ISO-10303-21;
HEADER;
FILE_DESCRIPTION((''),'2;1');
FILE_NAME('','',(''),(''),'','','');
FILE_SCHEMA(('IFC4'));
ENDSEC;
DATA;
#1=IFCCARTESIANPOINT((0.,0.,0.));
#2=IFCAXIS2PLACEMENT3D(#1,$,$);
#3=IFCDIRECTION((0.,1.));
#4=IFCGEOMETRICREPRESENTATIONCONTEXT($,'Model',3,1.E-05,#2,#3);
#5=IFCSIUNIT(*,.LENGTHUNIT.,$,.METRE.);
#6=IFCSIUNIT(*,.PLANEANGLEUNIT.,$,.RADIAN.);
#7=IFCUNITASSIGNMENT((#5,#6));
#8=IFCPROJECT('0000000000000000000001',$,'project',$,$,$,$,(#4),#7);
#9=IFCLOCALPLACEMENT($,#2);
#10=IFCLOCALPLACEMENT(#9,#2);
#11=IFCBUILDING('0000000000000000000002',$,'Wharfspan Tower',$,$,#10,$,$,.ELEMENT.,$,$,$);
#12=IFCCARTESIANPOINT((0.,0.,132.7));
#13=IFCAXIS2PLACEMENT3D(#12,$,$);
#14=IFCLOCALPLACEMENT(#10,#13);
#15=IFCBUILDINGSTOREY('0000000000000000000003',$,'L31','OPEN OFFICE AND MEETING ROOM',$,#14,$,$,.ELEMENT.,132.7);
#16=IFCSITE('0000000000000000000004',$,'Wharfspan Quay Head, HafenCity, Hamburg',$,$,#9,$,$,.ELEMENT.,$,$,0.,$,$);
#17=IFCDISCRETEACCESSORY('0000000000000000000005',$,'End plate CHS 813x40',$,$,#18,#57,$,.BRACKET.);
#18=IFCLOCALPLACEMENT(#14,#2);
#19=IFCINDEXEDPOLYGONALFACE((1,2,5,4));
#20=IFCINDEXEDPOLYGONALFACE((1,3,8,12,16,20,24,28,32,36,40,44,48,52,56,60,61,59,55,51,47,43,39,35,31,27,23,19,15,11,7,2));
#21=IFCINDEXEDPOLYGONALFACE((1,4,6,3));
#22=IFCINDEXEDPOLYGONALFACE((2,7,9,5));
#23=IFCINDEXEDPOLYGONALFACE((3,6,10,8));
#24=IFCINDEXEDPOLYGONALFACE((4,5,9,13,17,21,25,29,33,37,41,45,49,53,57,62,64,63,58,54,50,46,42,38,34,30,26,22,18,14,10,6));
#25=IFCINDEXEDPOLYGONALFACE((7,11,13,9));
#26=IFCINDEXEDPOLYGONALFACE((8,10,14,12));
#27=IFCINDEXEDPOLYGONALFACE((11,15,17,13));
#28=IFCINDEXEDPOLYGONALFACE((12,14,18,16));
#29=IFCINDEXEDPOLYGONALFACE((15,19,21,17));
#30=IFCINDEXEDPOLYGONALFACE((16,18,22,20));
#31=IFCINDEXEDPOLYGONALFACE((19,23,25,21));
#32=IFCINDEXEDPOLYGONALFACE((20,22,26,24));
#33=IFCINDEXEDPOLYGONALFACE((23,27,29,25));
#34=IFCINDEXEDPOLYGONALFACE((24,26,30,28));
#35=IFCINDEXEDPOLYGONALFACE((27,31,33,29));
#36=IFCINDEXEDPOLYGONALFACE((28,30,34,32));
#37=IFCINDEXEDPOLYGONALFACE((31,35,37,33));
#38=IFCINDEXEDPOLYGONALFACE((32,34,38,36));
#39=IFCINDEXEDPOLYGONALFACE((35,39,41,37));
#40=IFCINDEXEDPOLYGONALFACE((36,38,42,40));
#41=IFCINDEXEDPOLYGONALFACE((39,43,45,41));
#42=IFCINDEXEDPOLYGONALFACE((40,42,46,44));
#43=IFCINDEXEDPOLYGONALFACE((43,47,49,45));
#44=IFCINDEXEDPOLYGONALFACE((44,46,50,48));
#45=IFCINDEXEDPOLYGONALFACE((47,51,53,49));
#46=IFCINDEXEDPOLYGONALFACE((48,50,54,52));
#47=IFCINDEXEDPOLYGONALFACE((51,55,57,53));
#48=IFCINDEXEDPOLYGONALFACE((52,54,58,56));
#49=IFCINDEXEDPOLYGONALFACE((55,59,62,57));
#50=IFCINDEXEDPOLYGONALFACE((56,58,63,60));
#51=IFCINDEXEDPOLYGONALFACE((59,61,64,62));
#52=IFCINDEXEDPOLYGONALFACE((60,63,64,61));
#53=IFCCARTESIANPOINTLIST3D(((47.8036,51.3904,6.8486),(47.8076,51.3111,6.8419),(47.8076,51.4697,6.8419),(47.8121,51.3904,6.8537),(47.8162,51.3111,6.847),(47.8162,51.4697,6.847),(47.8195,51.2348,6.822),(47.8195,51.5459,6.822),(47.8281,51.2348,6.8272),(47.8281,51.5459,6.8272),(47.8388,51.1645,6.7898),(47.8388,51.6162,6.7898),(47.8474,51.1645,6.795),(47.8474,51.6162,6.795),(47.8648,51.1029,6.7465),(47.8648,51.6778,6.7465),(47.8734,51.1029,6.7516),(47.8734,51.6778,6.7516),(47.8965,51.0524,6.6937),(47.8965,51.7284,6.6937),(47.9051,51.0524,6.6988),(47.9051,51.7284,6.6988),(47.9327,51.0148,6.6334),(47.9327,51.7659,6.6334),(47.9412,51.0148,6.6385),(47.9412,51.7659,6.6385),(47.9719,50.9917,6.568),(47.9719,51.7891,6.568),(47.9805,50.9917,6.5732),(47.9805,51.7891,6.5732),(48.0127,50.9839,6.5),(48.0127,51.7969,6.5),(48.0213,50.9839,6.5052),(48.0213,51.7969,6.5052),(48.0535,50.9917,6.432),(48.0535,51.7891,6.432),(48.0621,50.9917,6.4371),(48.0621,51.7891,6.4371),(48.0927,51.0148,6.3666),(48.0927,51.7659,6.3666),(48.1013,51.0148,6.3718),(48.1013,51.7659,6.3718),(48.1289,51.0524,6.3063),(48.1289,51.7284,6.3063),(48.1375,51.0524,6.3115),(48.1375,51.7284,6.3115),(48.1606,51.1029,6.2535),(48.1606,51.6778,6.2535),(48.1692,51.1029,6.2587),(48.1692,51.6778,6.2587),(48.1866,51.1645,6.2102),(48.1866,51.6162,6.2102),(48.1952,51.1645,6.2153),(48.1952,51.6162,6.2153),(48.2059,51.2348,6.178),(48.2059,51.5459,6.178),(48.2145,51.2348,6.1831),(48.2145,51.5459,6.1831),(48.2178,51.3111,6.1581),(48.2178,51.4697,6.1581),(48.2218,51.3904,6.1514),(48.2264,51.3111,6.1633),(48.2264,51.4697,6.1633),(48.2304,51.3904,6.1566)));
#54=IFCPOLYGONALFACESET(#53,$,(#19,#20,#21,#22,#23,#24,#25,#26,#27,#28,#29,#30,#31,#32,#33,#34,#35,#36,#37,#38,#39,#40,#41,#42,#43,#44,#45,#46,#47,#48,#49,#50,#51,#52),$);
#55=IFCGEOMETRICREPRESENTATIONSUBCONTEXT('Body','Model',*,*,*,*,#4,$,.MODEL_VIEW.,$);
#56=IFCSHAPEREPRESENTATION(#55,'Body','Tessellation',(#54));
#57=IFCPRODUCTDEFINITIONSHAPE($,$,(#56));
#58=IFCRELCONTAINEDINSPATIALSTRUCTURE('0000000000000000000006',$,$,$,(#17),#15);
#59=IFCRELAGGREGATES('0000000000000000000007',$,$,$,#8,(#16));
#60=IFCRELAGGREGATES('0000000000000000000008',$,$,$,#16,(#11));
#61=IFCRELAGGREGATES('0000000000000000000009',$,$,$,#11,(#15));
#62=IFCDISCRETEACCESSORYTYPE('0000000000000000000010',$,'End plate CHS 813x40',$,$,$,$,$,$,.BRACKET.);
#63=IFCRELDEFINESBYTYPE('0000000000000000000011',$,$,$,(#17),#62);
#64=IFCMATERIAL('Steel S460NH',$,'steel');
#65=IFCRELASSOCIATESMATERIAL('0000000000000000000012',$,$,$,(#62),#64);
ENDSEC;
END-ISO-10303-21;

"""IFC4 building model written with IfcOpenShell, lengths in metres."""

from ifc_helpers import new_model, si_unit, direction, frame, origin, origin_2d, place, context, subcontext, project, spatial, circle, extrude, material, material_profile, profile_set, type_object, element, save


model = new_model("IFC4")

# Units and contexts
model_context = context("Model", 3, precision=1e-05, world=origin(), true_north=direction((0.0, 1.0)))
body_context = subcontext(model_context, "Body", "Model", "MODEL_VIEW")
ifc_project = project(units=[si_unit("LENGTHUNIT", "METRE"), si_unit("PLANEANGLEUNIT", "RADIAN")], contexts=[model_context])

# Site, building, storey
site_placement = place(None, origin())
site = spatial("IfcSite", under=ifc_project, at=site_placement, Name="Wharfspan Quay Head, HafenCity, Hamburg", CompositionType="ELEMENT", RefElevation=0.0)
building_placement = place(site_placement, origin())
building = spatial("IfcBuilding", under=site, at=building_placement, Name="Wharfspan Tower", CompositionType="ELEMENT")
storey_placement = place(building_placement, frame((0.0, 0.0, 132.7)))
storey = spatial("IfcBuildingStorey", under=building, at=storey_placement, Name="L31", Description="OPEN OFFICE AND MEETING ROOM", CompositionType="ELEMENT", Elevation=132.7)

# Shared definitions
ifc_material_1 = material(Name="Steel S460NH", Category="steel")

# Discrete accessory
ifc_material_profile_1 = material_profile(ifc_material_1, circle(Radius=0.4065, at=origin_2d()))
ifc_profile_set_1 = profile_set([ifc_material_profile_1], Name="Steel S460NH")
discrete_accessory_type = type_object("IfcDiscreteAccessoryType", Name="End plate CHS 813x40", PredefinedType="BRACKET", material=ifc_profile_set_1)
for number, where, z_axis, x_axis, name in (
    (1, (48.0127, 51.3904, 6.5), (0.857493, 0.0, 0.514496), (0.0, 1.0, 0.0), "End plate CHS 813x40"),
):
    element("IfcDiscreteAccessory", number, at=place(storey_placement, frame(where, z_axis=z_axis, x_axis=x_axis)), inside=storey, type_object=discrete_accessory_type, Name=name, PredefinedType="BRACKET", context=body_context, shape_type="SweptSolid", body=[
        extrude(circle(Radius=0.4065, at=origin_2d()), origin(), (0.0, 0.0, 1.0), 0.01),
    ])

save(model, "model.ifc")
